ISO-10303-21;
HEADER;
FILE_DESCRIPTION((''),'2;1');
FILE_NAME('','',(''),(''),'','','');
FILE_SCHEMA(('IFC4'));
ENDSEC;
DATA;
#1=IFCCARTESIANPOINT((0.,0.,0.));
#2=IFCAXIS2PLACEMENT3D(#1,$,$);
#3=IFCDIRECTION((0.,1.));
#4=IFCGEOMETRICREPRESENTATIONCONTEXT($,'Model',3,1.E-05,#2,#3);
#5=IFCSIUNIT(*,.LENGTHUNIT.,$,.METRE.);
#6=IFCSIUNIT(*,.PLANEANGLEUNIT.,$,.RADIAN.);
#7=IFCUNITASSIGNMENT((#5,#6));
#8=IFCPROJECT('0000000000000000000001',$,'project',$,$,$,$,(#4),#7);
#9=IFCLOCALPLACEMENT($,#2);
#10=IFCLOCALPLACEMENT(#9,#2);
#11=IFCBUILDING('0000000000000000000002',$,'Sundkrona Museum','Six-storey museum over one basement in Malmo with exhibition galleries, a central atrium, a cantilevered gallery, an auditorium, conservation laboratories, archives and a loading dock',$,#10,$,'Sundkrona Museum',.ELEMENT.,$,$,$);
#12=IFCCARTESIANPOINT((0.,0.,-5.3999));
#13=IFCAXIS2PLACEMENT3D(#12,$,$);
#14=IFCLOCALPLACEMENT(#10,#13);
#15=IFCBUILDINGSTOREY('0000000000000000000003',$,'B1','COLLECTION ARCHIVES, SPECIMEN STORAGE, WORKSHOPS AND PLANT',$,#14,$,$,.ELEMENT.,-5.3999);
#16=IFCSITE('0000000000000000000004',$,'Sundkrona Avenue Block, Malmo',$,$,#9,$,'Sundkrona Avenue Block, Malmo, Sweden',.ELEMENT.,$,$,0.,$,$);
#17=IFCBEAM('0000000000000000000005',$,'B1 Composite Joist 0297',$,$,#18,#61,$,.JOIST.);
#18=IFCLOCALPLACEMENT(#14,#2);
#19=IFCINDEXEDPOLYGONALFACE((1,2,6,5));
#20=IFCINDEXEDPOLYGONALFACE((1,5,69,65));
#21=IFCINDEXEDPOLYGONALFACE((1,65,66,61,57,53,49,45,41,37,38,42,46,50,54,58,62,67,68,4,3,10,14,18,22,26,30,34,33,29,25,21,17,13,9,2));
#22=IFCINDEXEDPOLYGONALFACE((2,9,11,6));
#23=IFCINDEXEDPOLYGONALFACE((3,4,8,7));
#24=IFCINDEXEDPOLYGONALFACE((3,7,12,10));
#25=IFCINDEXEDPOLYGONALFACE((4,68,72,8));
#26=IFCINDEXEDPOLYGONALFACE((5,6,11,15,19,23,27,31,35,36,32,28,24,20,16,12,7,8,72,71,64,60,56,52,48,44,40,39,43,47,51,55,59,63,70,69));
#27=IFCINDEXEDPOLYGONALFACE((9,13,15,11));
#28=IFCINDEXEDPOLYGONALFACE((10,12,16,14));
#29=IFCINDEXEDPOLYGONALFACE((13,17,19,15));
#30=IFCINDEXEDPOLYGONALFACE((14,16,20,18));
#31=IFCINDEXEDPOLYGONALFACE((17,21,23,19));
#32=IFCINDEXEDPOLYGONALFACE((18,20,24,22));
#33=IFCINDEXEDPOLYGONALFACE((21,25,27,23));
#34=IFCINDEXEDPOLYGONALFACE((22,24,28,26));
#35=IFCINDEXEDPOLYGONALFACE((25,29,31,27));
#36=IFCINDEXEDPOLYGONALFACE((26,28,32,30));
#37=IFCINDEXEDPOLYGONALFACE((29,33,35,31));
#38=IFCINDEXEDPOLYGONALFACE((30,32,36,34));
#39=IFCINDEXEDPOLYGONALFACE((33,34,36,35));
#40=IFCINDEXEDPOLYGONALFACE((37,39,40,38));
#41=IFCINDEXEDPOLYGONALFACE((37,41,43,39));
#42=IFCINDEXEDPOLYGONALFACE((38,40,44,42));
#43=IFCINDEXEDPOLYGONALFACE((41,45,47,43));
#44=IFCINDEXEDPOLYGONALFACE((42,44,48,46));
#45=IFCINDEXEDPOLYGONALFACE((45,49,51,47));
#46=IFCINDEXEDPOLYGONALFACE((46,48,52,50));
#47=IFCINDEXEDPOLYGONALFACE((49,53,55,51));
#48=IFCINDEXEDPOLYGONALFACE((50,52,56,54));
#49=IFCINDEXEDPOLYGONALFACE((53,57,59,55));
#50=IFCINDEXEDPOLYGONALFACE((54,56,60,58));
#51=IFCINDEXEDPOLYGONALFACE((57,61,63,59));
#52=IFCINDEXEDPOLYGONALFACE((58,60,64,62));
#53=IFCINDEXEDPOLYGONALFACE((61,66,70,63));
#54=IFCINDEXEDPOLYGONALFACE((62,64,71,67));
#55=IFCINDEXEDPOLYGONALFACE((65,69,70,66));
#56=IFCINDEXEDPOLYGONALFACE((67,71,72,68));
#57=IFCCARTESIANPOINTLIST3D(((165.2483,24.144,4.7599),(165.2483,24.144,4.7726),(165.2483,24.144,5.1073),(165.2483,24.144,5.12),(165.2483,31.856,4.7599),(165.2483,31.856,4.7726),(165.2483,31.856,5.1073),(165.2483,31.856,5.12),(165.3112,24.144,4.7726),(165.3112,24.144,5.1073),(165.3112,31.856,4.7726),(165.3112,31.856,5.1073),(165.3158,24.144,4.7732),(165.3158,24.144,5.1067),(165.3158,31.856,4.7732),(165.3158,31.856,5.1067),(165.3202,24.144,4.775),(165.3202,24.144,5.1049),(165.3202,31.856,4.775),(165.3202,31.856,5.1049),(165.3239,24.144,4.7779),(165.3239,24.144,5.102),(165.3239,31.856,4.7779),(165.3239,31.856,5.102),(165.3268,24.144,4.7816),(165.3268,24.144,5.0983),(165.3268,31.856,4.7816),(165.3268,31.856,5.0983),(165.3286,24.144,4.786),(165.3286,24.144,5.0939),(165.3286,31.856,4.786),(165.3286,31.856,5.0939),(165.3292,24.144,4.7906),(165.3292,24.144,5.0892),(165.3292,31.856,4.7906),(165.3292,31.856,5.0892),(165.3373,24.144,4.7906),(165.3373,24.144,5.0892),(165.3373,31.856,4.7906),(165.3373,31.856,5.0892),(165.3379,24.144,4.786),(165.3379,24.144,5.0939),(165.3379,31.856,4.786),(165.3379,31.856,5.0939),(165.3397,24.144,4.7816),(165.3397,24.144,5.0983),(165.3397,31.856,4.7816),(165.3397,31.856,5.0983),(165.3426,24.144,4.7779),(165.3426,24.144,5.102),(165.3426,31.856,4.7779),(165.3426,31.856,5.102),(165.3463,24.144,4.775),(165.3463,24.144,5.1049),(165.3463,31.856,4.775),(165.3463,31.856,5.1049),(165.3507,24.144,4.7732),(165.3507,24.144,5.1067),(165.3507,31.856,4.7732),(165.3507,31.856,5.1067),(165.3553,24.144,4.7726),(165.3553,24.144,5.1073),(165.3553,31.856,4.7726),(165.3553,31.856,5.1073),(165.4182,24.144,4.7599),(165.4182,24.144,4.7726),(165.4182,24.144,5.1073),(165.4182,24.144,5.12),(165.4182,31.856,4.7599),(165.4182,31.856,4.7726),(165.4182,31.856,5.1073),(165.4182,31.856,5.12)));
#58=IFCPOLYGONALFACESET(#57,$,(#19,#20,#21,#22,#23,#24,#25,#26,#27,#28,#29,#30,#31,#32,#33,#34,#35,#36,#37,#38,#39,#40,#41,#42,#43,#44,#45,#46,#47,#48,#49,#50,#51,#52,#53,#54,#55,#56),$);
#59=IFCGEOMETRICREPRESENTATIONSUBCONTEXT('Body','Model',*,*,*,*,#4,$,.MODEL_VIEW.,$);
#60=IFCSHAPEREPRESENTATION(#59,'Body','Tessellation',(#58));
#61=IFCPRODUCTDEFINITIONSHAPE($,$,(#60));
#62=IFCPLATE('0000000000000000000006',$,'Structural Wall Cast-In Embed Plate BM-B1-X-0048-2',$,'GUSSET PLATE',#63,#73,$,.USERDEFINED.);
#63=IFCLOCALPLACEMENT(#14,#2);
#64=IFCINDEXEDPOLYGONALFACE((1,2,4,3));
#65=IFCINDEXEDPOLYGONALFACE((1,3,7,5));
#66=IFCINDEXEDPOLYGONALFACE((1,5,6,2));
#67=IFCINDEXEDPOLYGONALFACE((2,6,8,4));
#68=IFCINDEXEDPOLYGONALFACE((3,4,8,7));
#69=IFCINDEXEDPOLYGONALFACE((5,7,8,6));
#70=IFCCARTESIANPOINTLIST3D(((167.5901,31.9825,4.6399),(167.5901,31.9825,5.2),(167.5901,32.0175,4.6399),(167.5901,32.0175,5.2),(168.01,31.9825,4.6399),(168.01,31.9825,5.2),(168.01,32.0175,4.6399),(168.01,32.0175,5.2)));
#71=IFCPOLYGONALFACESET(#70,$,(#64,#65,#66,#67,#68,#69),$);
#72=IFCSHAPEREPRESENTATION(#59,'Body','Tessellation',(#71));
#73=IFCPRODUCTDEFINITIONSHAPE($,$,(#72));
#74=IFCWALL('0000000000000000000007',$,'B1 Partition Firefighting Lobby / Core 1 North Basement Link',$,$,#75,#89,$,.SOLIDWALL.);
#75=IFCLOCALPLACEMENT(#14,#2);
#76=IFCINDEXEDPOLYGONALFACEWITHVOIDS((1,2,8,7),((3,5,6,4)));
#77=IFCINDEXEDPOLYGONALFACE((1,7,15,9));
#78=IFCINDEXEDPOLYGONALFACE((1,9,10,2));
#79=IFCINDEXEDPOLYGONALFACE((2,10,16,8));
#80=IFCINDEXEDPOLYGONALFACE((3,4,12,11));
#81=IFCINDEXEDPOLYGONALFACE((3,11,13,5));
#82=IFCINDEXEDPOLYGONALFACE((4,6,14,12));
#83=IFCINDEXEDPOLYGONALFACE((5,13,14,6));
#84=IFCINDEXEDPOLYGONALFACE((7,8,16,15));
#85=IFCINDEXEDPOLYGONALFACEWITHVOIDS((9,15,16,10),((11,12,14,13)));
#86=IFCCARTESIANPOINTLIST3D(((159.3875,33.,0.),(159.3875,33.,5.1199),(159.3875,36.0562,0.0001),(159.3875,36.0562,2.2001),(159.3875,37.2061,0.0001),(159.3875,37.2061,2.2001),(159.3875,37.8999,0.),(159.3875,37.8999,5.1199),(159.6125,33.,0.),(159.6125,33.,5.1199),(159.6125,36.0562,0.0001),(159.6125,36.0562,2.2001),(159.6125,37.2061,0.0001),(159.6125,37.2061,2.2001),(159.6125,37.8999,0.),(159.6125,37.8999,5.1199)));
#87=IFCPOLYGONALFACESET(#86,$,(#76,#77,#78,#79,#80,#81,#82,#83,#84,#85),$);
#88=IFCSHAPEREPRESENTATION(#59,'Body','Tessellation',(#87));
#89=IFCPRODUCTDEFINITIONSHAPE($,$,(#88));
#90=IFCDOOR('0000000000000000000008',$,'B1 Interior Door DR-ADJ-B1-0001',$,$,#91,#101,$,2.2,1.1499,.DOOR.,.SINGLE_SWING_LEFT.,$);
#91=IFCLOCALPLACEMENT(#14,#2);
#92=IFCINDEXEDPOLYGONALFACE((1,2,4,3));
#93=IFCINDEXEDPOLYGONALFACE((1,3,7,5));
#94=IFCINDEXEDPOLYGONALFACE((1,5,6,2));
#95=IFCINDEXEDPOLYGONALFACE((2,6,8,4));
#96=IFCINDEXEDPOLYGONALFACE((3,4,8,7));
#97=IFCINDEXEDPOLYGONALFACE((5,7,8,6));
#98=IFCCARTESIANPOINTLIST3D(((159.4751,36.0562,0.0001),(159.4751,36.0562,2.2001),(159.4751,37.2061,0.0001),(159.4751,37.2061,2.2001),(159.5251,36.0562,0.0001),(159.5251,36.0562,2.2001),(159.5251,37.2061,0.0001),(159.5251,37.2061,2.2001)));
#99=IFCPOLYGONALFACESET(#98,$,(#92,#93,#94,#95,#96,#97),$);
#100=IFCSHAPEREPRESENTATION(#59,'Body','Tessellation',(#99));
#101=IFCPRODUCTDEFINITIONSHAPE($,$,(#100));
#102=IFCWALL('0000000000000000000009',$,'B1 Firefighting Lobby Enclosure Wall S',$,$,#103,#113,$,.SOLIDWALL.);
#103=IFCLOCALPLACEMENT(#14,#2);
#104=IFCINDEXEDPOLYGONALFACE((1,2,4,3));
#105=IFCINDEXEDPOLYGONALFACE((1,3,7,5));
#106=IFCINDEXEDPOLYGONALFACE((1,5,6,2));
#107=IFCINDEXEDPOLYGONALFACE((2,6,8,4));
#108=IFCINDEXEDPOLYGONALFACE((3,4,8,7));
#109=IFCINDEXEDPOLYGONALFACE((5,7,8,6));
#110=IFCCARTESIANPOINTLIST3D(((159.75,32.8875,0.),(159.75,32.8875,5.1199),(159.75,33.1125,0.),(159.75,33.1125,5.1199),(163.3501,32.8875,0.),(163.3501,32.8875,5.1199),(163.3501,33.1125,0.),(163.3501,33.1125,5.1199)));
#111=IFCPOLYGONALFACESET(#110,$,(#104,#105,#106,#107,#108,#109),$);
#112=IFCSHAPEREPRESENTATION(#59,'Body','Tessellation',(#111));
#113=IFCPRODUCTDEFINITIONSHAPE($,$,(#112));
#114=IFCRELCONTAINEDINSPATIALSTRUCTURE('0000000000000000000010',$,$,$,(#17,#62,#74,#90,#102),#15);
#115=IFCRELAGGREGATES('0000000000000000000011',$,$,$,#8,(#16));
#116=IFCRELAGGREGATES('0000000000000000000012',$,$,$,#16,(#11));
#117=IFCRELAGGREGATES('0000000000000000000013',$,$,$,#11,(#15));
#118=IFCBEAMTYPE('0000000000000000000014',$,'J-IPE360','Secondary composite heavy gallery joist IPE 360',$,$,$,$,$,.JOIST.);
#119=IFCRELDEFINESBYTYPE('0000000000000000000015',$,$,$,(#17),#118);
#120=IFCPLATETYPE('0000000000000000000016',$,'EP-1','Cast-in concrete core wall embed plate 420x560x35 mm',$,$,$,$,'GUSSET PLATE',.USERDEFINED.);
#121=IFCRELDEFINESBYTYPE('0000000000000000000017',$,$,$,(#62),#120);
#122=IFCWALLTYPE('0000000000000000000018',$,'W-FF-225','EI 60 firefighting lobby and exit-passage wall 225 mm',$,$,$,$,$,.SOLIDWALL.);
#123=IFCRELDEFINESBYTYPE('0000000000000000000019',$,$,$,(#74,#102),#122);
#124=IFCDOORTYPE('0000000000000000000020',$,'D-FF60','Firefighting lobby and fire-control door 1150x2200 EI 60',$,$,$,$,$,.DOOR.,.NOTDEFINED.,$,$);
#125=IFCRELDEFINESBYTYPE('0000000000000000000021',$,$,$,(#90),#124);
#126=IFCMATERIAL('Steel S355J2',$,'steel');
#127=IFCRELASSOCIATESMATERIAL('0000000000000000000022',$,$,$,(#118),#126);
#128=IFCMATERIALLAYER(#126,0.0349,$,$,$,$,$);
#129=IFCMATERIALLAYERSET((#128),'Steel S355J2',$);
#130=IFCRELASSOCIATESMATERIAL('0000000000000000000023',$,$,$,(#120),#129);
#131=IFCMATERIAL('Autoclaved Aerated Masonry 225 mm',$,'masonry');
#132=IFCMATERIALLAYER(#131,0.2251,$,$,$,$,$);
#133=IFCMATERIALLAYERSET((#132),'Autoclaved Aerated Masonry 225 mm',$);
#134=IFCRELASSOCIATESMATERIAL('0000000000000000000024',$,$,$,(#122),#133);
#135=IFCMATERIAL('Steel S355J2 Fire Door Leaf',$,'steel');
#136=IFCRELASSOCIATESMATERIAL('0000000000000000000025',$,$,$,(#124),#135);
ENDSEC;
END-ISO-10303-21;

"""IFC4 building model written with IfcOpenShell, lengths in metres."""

from ifc_helpers import new_model, si_unit, direction, frame, frame_2d, origin, origin_2d, place, context, subcontext, project, spatial, rectangle, i_section, extrude, material, layer, layer_set, material_profile, profile_set, type_object, element, fill, save


model = new_model("IFC4")

# Units and contexts
model_context = context("Model", 3, precision=1e-05, world=origin(), true_north=direction((0.0, 1.0)))
body_context = subcontext(model_context, "Body", "Model", "MODEL_VIEW")
ifc_project = project(units=[si_unit("LENGTHUNIT", "METRE"), si_unit("PLANEANGLEUNIT", "RADIAN")], contexts=[model_context])

# Site, building, storey
site_placement = place(None, origin())
site = spatial("IfcSite", under=ifc_project, at=site_placement, Name="Sundkrona Avenue Block, Malmo", LongName="Sundkrona Avenue Block, Malmo, Sweden", CompositionType="ELEMENT", RefElevation=0.0)
building_placement = place(site_placement, origin())
building = spatial("IfcBuilding", under=site, at=building_placement, Name="Sundkrona Museum", Description="Six-storey museum over one basement in Malmo with exhibition galleries, a central atrium, a cantilevered gallery, an auditorium, conservation laboratories, archives and a loading dock", LongName="Sundkrona Museum", CompositionType="ELEMENT")
storey_placement = place(building_placement, frame((0.0, 0.0, -5.3999)))
storey = spatial("IfcBuildingStorey", under=building, at=storey_placement, Name="B1", Description="COLLECTION ARCHIVES, SPECIMEN STORAGE, WORKSHOPS AND PLANT", CompositionType="ELEMENT", Elevation=-5.3999)

# Beam
ifc_material_1 = material(Name="Steel S355J2", Category="steel")
ifc_material_profile_1 = material_profile(ifc_material_1, i_section(OverallWidth=0.1699, OverallDepth=0.3601, WebThickness=0.0081, FlangeThickness=0.0127, FilletRadius=0.0181, at=origin_2d()), Name="IPE 360")
ifc_profile_set_1 = profile_set([ifc_material_profile_1], Name="Steel S355J2")
beam_type_1 = type_object("IfcBeamType", Name="J-IPE360", Description="Secondary composite heavy gallery joist IPE 360", PredefinedType="JOIST", material=ifc_profile_set_1)
for number, where, z_axis, x_axis, name in (
    (1, (165.3333, 24.144, 4.9399), (0.0, 1.0, 0.0), (-1.0, 0.0, 0.0), "B1 Composite Joist 0297"),
):
    element("IfcBeam", number, at=place(storey_placement, frame(where, z_axis=z_axis, x_axis=x_axis)), inside=storey, type_object=beam_type_1, Name=name, PredefinedType="JOIST", context=body_context, shape_type="SweptSolid", body=[
        extrude(i_section(OverallWidth=0.1699, OverallDepth=0.3601, WebThickness=0.0081, FlangeThickness=0.0127, FilletRadius=0.0181, at=origin_2d()), origin(), (0.0, 0.0, 1.0), 7.7119),
    ])

# Plate
ifc_layer_1 = layer(ifc_material_1, 0.0349)
ifc_layer_set_1 = layer_set([ifc_layer_1], Name="Steel S355J2")
plate_type = type_object("IfcPlateType", Name="EP-1", Description="Cast-in concrete core wall embed plate 420x560x35 mm", ElementType="GUSSET PLATE", PredefinedType="USERDEFINED", material=ifc_layer_set_1)
plate_placement = place(storey_placement, frame((167.8, 32.0, 4.6399), z_axis=(0.0, 0.0, 1.0), x_axis=(1.0, 0.0, 0.0)))
element("IfcPlate", 2, at=plate_placement, inside=storey, type_object=plate_type, Name="Structural Wall Cast-In Embed Plate BM-B1-X-0048-2", ObjectType="GUSSET PLATE", PredefinedType="USERDEFINED", context=body_context, shape_type="SweptSolid", body=[
    extrude(rectangle(XDim=0.4199, YDim=0.0349, at=origin_2d()), origin(), (0.0, 0.0, 1.0), 0.5601),
])

# Wall, opening, door
ifc_material_2 = material(Name="Autoclaved Aerated Masonry 225 mm", Category="masonry")
ifc_layer_2 = layer(ifc_material_2, 0.2251)
ifc_layer_set_2 = layer_set([ifc_layer_2], Name="Autoclaved Aerated Masonry 225 mm")
wall_type = type_object("IfcWallType", Name="W-FF-225", Description="EI 60 firefighting lobby and exit-passage wall 225 mm", PredefinedType="SOLIDWALL", material=ifc_layer_set_2)
wall_1_placement = place(storey_placement, frame((159.5, 33.0, 0.0), z_axis=(0.0, 0.0, 1.0), x_axis=(0.0, 1.0, 0.0)))
wall_1 = element("IfcWall", 3, at=wall_1_placement, inside=storey, type_object=wall_type, Name="B1 Partition Firefighting Lobby / Core 1 North Basement Link", PredefinedType="SOLIDWALL", context=body_context, shape_type="SweptSolid", body=[
    extrude(rectangle(XDim=4.8999, YDim=0.2251, at=frame_2d((2.45, 0.0))), origin(), (0.0, 0.0, 1.0), 5.1199),
])
opening_placement = place(wall_1_placement, frame((3.0562, 0.0, 0.0)))
opening = element("IfcOpeningElement", 4, at=opening_placement, cuts=wall_1, PredefinedType="OPENING", context=body_context, shape_type="SweptSolid", body=[
    extrude(rectangle(XDim=1.1499, YDim=2.2, at=frame_2d((0.575, 1.1001))), frame((0.0, 0.1226, 0.0), z_axis=(0.0, -1.0, 0.0), x_axis=(1.0, 0.0, 0.0)), (0.0, 0.0, 1.0), 0.2451),
])
ifc_material_3 = material(Name="Steel S355J2 Fire Door Leaf", Category="steel")
door_type = type_object("IfcDoorType", Name="D-FF60", Description="Firefighting lobby and fire-control door 1150x2200 EI 60", OperationType="NOTDEFINED", PredefinedType="DOOR", material=ifc_material_3)
door_placement = place(opening_placement, origin())
door = element("IfcDoor", 5, at=door_placement, inside=storey, type_object=door_type, Name="B1 Interior Door DR-ADJ-B1-0001", OperationType="SINGLE_SWING_LEFT", OverallHeight=2.2, OverallWidth=1.1499, PredefinedType="DOOR", context=body_context, shape_type="SweptSolid", body=[
    extrude(rectangle(XDim=1.1499, YDim=2.2, at=frame_2d((0.575, 1.1001))), frame((0.0, 0.0249, 0.0), z_axis=(0.0, -1.0, 0.0), x_axis=(1.0, 0.0, 0.0)), (0.0, 0.0, 1.0), 0.05),
])
fill(opening, door)

# Wall
wall_2_placement = place(storey_placement, frame((159.75, 33.0, 0.0), z_axis=(0.0, 0.0, 1.0), x_axis=(1.0, 0.0, 0.0)))
element("IfcWall", 6, at=wall_2_placement, inside=storey, type_object=wall_type, Name="B1 Firefighting Lobby Enclosure Wall S", PredefinedType="SOLIDWALL", context=body_context, shape_type="SweptSolid", body=[
    extrude(rectangle(XDim=3.6001, YDim=0.2251, at=frame_2d((1.8, 0.0))), origin(), (0.0, 0.0, 1.0), 5.1199),
])

save(model, "model.ifc")
